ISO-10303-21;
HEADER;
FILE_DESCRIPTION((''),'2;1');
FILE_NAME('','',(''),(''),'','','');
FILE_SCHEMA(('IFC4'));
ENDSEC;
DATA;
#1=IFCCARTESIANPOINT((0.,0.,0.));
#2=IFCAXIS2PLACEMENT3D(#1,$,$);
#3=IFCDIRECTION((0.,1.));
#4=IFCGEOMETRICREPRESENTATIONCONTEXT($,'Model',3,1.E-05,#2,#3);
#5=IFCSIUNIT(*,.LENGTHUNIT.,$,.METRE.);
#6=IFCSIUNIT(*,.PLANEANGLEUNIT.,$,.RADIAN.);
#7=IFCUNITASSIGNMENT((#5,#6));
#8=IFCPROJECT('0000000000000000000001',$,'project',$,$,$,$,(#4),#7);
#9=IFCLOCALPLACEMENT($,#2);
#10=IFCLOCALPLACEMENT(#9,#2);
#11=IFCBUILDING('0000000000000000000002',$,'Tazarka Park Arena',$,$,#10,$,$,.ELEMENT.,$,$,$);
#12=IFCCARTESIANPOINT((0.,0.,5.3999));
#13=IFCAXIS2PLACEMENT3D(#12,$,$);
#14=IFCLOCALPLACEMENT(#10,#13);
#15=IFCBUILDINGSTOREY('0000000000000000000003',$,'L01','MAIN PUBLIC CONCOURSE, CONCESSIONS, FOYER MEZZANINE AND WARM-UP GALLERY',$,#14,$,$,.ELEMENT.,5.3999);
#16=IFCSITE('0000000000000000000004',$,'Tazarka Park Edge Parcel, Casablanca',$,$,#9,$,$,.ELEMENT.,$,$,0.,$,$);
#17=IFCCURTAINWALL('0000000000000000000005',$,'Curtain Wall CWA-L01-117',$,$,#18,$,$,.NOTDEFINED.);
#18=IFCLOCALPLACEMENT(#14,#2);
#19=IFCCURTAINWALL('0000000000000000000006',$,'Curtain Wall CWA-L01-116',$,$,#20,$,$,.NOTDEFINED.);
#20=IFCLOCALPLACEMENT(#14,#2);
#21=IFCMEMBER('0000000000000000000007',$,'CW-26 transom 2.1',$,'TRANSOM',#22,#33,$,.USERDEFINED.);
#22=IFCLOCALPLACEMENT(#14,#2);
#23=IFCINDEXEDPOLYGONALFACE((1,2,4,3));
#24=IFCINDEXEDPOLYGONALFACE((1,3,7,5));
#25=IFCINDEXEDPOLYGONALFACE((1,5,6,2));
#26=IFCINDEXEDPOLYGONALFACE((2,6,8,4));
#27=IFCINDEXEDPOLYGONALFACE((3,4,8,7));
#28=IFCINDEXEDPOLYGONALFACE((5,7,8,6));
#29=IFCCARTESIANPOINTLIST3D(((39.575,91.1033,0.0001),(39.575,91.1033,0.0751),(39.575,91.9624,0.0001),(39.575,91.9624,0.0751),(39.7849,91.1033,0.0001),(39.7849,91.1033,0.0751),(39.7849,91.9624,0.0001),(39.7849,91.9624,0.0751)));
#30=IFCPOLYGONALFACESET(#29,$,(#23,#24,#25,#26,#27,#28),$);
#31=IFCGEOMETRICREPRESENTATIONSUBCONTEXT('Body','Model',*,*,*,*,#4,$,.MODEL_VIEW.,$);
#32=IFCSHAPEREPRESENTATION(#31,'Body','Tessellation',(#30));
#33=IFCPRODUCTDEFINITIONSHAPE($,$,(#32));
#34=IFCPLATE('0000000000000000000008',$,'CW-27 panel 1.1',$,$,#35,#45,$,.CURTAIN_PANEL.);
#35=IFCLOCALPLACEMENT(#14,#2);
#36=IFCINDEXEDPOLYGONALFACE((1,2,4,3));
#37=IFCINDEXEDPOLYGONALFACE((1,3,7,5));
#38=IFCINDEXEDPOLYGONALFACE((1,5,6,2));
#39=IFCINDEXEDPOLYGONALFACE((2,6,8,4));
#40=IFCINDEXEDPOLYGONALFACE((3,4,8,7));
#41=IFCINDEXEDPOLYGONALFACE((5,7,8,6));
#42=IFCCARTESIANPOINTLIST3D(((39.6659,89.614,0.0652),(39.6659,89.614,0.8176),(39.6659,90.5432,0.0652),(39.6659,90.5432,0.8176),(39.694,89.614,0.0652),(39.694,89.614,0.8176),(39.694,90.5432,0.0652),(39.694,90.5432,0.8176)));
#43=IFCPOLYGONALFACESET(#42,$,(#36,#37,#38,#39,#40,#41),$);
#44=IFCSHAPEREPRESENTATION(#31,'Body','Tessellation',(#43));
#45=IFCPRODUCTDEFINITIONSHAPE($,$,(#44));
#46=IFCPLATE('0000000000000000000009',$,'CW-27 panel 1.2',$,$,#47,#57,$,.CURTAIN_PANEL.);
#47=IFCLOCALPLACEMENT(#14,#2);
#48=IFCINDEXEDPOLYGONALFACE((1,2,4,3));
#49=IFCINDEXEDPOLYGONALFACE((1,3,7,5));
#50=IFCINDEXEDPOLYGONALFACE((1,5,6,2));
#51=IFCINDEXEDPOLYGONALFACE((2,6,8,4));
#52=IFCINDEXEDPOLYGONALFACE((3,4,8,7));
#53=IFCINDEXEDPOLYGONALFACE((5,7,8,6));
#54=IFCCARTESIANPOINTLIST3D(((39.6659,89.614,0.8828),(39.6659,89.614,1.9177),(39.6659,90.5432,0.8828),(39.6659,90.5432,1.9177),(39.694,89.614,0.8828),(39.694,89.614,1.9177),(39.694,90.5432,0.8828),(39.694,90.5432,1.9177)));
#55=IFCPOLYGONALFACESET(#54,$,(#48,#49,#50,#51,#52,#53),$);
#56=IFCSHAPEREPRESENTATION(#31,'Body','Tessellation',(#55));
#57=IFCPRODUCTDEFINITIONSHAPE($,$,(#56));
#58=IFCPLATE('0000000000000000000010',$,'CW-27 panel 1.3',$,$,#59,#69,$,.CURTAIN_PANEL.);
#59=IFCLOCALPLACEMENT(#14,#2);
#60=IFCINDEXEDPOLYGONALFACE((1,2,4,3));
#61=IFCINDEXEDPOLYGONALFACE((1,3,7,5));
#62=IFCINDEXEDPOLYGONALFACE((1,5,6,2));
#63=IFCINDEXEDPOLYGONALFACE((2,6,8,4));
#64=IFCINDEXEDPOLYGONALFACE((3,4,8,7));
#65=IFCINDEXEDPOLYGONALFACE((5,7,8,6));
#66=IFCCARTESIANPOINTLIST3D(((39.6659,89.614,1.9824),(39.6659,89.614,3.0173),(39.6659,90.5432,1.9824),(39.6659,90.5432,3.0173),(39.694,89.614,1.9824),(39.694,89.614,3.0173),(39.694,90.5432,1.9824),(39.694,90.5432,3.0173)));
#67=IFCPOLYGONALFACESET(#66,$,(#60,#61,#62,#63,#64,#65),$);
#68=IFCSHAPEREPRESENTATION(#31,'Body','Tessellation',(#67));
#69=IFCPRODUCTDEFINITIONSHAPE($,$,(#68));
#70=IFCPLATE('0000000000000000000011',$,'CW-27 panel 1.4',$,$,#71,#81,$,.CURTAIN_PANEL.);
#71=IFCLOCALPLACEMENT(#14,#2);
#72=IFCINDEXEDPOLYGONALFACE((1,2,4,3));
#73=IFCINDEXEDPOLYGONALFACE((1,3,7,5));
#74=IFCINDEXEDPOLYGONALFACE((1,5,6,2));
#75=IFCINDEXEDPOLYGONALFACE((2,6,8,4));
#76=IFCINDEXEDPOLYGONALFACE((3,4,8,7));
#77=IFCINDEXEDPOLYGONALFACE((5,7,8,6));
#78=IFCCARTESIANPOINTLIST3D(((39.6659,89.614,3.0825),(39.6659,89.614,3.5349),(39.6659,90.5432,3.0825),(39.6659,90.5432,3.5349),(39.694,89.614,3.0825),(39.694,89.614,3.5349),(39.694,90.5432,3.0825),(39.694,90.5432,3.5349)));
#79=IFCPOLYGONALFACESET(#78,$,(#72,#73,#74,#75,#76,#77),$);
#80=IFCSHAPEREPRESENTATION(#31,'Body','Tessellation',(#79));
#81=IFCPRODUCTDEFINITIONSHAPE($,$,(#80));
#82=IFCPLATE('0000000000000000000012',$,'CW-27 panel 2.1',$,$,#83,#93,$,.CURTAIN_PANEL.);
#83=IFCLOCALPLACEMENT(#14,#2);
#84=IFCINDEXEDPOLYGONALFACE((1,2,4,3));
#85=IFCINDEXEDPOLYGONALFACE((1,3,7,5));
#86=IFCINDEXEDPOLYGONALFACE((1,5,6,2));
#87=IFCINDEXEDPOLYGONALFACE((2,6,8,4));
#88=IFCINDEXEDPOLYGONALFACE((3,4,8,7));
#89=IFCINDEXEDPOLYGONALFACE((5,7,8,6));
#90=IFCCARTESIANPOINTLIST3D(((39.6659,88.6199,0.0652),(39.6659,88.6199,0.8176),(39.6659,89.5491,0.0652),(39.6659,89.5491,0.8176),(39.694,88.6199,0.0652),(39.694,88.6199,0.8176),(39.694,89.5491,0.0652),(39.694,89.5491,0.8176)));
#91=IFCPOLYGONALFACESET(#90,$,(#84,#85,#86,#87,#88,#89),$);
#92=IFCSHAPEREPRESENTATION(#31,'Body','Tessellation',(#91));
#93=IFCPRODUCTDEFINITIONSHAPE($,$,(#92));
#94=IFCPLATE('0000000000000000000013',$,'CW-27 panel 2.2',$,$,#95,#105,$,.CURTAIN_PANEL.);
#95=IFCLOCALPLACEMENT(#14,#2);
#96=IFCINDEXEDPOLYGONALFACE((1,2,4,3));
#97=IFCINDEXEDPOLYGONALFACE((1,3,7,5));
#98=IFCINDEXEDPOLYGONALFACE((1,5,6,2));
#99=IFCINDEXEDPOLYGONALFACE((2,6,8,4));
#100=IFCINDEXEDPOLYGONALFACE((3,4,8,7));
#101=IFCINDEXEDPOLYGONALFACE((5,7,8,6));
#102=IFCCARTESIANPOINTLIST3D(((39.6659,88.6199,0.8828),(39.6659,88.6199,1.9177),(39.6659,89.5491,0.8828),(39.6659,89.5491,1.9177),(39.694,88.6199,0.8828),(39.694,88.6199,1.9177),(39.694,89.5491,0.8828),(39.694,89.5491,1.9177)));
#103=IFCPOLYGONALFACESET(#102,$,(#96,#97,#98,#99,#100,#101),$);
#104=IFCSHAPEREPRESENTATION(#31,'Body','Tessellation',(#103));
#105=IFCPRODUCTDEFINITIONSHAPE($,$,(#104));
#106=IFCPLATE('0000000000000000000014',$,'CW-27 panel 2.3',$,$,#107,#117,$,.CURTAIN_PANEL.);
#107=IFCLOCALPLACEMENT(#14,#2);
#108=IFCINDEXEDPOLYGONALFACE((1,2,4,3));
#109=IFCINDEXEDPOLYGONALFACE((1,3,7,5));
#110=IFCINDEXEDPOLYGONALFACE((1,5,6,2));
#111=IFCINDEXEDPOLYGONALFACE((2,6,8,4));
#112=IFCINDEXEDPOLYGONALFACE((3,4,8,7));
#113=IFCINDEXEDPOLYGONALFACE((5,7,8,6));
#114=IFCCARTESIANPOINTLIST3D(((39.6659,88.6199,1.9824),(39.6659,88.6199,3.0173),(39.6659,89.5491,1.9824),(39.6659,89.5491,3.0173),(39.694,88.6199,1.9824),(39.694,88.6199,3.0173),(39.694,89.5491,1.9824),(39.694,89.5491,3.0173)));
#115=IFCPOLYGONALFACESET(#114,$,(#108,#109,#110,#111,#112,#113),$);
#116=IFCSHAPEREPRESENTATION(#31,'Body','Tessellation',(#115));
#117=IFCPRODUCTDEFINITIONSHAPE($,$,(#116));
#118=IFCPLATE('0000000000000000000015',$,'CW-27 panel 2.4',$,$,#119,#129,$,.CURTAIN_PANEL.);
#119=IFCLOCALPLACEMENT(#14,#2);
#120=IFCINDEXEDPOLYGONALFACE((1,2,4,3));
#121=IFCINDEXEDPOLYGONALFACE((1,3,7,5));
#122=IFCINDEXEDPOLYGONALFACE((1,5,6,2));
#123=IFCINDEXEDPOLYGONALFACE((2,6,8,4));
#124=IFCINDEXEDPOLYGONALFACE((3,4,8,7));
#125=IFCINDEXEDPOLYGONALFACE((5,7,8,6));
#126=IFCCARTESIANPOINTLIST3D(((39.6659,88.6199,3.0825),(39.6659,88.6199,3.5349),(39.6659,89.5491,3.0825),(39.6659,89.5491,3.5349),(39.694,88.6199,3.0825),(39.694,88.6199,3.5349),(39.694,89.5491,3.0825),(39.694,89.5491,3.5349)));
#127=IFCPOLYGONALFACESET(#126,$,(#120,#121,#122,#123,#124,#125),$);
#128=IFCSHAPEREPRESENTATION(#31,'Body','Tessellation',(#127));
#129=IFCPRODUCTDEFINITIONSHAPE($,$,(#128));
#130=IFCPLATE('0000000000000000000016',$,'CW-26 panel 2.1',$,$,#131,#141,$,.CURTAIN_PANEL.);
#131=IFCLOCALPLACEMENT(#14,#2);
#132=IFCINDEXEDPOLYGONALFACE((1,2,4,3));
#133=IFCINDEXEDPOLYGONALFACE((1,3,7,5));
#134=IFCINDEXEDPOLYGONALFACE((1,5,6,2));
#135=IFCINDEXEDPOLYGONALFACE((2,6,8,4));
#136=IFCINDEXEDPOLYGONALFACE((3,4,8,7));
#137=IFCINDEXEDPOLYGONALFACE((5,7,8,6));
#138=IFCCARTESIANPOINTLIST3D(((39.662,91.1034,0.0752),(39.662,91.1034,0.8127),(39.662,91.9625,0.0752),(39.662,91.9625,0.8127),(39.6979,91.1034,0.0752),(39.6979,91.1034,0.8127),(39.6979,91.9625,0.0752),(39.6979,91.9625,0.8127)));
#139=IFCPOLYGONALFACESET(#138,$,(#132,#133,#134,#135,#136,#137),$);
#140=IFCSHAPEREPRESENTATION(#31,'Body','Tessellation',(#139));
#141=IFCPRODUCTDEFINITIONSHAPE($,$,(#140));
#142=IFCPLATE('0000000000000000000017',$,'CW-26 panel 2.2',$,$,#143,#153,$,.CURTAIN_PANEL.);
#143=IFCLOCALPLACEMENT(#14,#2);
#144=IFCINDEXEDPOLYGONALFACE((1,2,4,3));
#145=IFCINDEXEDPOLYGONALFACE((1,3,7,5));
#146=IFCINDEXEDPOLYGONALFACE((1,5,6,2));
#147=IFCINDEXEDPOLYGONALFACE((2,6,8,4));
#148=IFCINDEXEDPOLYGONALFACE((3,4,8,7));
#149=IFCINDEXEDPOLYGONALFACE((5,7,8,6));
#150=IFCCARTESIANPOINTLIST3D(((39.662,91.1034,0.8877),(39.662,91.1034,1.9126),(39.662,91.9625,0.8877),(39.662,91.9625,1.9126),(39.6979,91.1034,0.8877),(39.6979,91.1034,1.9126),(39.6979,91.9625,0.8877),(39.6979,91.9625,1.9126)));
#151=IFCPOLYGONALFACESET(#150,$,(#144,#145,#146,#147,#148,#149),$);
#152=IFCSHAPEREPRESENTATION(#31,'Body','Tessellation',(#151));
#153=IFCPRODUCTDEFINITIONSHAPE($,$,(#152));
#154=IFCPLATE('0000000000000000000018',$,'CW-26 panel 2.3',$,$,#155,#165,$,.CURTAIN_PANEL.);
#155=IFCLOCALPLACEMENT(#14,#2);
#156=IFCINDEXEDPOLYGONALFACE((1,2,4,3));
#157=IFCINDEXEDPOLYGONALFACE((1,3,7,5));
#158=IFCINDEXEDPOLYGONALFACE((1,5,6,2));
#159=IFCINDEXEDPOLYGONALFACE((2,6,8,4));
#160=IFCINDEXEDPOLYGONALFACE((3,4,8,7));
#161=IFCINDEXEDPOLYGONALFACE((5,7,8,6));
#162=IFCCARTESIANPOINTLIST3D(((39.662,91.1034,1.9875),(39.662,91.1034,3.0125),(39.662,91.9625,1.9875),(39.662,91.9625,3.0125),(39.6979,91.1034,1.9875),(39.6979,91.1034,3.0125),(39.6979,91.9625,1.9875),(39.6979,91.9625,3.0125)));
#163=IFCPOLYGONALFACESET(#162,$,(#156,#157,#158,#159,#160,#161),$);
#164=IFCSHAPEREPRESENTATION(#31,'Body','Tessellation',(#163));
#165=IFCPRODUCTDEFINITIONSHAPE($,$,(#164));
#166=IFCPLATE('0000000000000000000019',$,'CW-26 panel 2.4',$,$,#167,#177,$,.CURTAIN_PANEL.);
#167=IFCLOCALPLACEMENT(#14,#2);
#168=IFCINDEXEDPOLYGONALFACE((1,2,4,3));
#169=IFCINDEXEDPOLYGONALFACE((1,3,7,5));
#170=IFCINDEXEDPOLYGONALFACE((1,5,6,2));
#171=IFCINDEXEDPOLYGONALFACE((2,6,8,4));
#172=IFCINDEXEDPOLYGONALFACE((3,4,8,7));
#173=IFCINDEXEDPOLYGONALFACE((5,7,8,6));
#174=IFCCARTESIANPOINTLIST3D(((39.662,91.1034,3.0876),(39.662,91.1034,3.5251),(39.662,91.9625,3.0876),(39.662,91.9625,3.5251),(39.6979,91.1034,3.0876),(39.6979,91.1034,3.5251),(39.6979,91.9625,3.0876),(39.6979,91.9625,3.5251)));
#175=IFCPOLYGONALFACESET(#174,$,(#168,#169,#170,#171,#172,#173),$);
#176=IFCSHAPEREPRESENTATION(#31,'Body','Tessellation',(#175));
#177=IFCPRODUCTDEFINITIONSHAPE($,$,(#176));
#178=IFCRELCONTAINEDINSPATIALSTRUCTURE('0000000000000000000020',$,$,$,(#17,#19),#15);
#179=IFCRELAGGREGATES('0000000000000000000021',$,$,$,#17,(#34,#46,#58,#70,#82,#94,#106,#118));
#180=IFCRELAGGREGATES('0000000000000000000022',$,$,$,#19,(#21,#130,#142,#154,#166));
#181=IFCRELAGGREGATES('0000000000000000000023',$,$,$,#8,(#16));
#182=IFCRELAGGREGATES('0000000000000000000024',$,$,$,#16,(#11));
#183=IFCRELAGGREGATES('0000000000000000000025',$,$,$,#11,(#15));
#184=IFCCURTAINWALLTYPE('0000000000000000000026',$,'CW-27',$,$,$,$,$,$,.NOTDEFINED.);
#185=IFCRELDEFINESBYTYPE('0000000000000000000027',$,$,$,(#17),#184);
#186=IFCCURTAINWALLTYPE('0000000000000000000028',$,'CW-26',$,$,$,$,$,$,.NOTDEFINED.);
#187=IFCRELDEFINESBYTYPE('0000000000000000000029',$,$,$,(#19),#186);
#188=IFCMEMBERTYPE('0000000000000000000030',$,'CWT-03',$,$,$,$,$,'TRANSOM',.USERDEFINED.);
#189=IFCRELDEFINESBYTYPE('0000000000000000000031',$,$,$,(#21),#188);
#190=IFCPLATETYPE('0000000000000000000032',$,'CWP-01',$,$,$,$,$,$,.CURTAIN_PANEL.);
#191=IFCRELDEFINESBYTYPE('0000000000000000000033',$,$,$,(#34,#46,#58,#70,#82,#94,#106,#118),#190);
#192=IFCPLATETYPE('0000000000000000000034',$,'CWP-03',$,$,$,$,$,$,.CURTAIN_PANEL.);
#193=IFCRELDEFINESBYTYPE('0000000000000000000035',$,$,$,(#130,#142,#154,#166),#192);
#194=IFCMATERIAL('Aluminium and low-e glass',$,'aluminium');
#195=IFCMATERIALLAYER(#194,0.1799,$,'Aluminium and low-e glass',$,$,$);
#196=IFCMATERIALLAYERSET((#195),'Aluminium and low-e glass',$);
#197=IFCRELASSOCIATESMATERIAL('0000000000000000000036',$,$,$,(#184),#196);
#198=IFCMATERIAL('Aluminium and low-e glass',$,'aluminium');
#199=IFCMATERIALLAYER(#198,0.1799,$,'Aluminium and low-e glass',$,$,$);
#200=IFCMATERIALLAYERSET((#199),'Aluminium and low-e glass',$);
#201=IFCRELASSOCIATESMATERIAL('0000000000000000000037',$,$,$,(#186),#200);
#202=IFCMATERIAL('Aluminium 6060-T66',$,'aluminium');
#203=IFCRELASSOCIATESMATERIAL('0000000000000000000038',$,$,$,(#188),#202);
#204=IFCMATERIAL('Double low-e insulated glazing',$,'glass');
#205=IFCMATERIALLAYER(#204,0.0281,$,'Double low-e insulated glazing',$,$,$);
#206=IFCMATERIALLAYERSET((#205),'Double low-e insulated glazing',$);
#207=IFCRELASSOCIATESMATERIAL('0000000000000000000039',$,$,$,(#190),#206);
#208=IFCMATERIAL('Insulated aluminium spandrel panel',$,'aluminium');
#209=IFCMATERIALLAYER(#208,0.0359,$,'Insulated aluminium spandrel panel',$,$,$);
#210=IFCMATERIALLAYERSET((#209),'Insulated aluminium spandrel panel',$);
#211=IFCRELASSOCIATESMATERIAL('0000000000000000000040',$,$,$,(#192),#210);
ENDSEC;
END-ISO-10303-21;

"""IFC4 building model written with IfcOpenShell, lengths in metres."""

from ifc_helpers import new_model, si_unit, direction, frame, origin, origin_2d, place, context, subcontext, project, spatial, rectangle, extrude, material, layer, layer_set, material_profile, profile_set, type_object, element, aggregate, save


model = new_model("IFC4")

# Units and contexts
model_context = context("Model", 3, precision=1e-05, world=origin(), true_north=direction((0.0, 1.0)))
body_context = subcontext(model_context, "Body", "Model", "MODEL_VIEW")
ifc_project = project(units=[si_unit("LENGTHUNIT", "METRE"), si_unit("PLANEANGLEUNIT", "RADIAN")], contexts=[model_context])

# Site, building, storey
site_placement = place(None, origin())
site = spatial("IfcSite", under=ifc_project, at=site_placement, Name="Tazarka Park Edge Parcel, Casablanca", CompositionType="ELEMENT", RefElevation=0.0)
building_placement = place(site_placement, origin())
building = spatial("IfcBuilding", under=site, at=building_placement, Name="Tazarka Park Arena", CompositionType="ELEMENT")
storey_placement = place(building_placement, frame((0.0, 0.0, 5.3999)))
storey = spatial("IfcBuildingStorey", under=building, at=storey_placement, Name="L01", Description="MAIN PUBLIC CONCOURSE, CONCESSIONS, FOYER MEZZANINE AND WARM-UP GALLERY", CompositionType="ELEMENT", Elevation=5.3999)

# Curtain wall
ifc_material_1 = material(Name="Aluminium and low-e glass", Category="aluminium")
ifc_layer_1 = layer(ifc_material_1, 0.1799, Name="Aluminium and low-e glass")
ifc_layer_set_1 = layer_set([ifc_layer_1], Name="Aluminium and low-e glass")
curtain_wall_type_1 = type_object("IfcCurtainWallType", Name="CW-27", PredefinedType="NOTDEFINED", material=ifc_layer_set_1)
curtain_wall_1_placement = place(storey_placement, origin())
curtain_wall_1 = element("IfcCurtainWall", 1, at=curtain_wall_1_placement, inside=storey, type_object=curtain_wall_type_1, Name="Curtain Wall CWA-L01-117", PredefinedType="NOTDEFINED")

# Curtain wall
ifc_material_2 = material(Name="Aluminium and low-e glass", Category="aluminium")
ifc_layer_2 = layer(ifc_material_2, 0.1799, Name="Aluminium and low-e glass")
ifc_layer_set_2 = layer_set([ifc_layer_2], Name="Aluminium and low-e glass")
curtain_wall_type_2 = type_object("IfcCurtainWallType", Name="CW-26", PredefinedType="NOTDEFINED", material=ifc_layer_set_2)
curtain_wall_2_placement = place(storey_placement, origin())
curtain_wall_2 = element("IfcCurtainWall", 2, at=curtain_wall_2_placement, inside=storey, type_object=curtain_wall_type_2, Name="Curtain Wall CWA-L01-116", PredefinedType="NOTDEFINED")

# Member
ifc_material_3 = material(Name="Aluminium 6060-T66", Category="aluminium")
ifc_material_profile_1 = material_profile(ifc_material_3, rectangle(XDim=0.21, YDim=0.075, at=origin_2d()), Name="Aluminium 6060-T66")
ifc_profile_set_1 = profile_set([ifc_material_profile_1], Name="Aluminium 6060-T66")
member_type_1 = type_object("IfcMemberType", Name="CWT-03", ElementType="TRANSOM", PredefinedType="USERDEFINED", material=ifc_profile_set_1)
member_1_placement = place(storey_placement, frame((39.6799, 91.9624, 0.0376), z_axis=(0.0, -1.0, 0.0), x_axis=(1.0, 0.0, 0.0)))
member_1 = element("IfcMember", 3, at=member_1_placement, type_object=member_type_1, Name="CW-26 transom 2.1", ObjectType="TRANSOM", PredefinedType="USERDEFINED", context=body_context, shape_type="SweptSolid", body=[
    extrude(rectangle(XDim=0.21, YDim=0.075, at=origin_2d()), origin(), (0.0, 0.0, 1.0), 0.8591),
])

# Plates
ifc_material_4 = material(Name="Double low-e insulated glazing", Category="glass")
ifc_layer_3 = layer(ifc_material_4, 0.0281, Name="Double low-e insulated glazing")
ifc_layer_set_3 = layer_set([ifc_layer_3], Name="Double low-e insulated glazing")
plate_type_1 = type_object("IfcPlateType", Name="CWP-01", PredefinedType="CURTAIN_PANEL", material=ifc_layer_set_3)
plate_1_placement = place(storey_placement, frame((39.6799, 90.0786, 0.0652), z_axis=(0.0, 0.0, 1.0), x_axis=(0.0, -1.0, 0.0)))
plate_1 = element("IfcPlate", 4, at=plate_1_placement, type_object=plate_type_1, Name="CW-27 panel 1.1", PredefinedType="CURTAIN_PANEL", context=body_context, shape_type="SweptSolid", body=[
    extrude(rectangle(XDim=0.9292, YDim=0.0281, at=origin_2d()), origin(), (0.0, 0.0, 1.0), 0.7524),
])
plate_2_placement = place(storey_placement, frame((39.6799, 90.0786, 0.8828), z_axis=(0.0, 0.0, 1.0), x_axis=(0.0, -1.0, 0.0)))
plate_2 = element("IfcPlate", 5, at=plate_2_placement, type_object=plate_type_1, Name="CW-27 panel 1.2", PredefinedType="CURTAIN_PANEL", context=body_context, shape_type="SweptSolid", body=[
    extrude(rectangle(XDim=0.9292, YDim=0.0281, at=origin_2d()), origin(), (0.0, 0.0, 1.0), 1.0349),
])
plate_3_placement = place(storey_placement, frame((39.6799, 90.0786, 1.9824), z_axis=(0.0, 0.0, 1.0), x_axis=(0.0, -1.0, 0.0)))
plate_3 = element("IfcPlate", 6, at=plate_3_placement, type_object=plate_type_1, Name="CW-27 panel 1.3", PredefinedType="CURTAIN_PANEL", context=body_context, shape_type="SweptSolid", body=[
    extrude(rectangle(XDim=0.9292, YDim=0.0281, at=origin_2d()), origin(), (0.0, 0.0, 1.0), 1.0349),
])
plate_4_placement = place(storey_placement, frame((39.6799, 90.0786, 3.0825), z_axis=(0.0, 0.0, 1.0), x_axis=(0.0, -1.0, 0.0)))
plate_4 = element("IfcPlate", 7, at=plate_4_placement, type_object=plate_type_1, Name="CW-27 panel 1.4", PredefinedType="CURTAIN_PANEL", context=body_context, shape_type="SweptSolid", body=[
    extrude(rectangle(XDim=0.9292, YDim=0.0281, at=origin_2d()), origin(), (0.0, 0.0, 1.0), 0.4524),
])
plate_5_placement = place(storey_placement, frame((39.6799, 89.0845, 0.0652), z_axis=(0.0, 0.0, 1.0), x_axis=(0.0, -1.0, 0.0)))
plate_5 = element("IfcPlate", 8, at=plate_5_placement, type_object=plate_type_1, Name="CW-27 panel 2.1", PredefinedType="CURTAIN_PANEL", context=body_context, shape_type="SweptSolid", body=[
    extrude(rectangle(XDim=0.9292, YDim=0.0281, at=origin_2d()), origin(), (0.0, 0.0, 1.0), 0.7524),
])
plate_6_placement = place(storey_placement, frame((39.6799, 89.0845, 0.8828), z_axis=(0.0, 0.0, 1.0), x_axis=(0.0, -1.0, 0.0)))
plate_6 = element("IfcPlate", 9, at=plate_6_placement, type_object=plate_type_1, Name="CW-27 panel 2.2", PredefinedType="CURTAIN_PANEL", context=body_context, shape_type="SweptSolid", body=[
    extrude(rectangle(XDim=0.9292, YDim=0.0281, at=origin_2d()), origin(), (0.0, 0.0, 1.0), 1.0349),
])
plate_7_placement = place(storey_placement, frame((39.6799, 89.0845, 1.9824), z_axis=(0.0, 0.0, 1.0), x_axis=(0.0, -1.0, 0.0)))
plate_7 = element("IfcPlate", 10, at=plate_7_placement, type_object=plate_type_1, Name="CW-27 panel 2.3", PredefinedType="CURTAIN_PANEL", context=body_context, shape_type="SweptSolid", body=[
    extrude(rectangle(XDim=0.9292, YDim=0.0281, at=origin_2d()), origin(), (0.0, 0.0, 1.0), 1.0349),
])
plate_8_placement = place(storey_placement, frame((39.6799, 89.0845, 3.0825), z_axis=(0.0, 0.0, 1.0), x_axis=(0.0, -1.0, 0.0)))
plate_8 = element("IfcPlate", 11, at=plate_8_placement, type_object=plate_type_1, Name="CW-27 panel 2.4", PredefinedType="CURTAIN_PANEL", context=body_context, shape_type="SweptSolid", body=[
    extrude(rectangle(XDim=0.9292, YDim=0.0281, at=origin_2d()), origin(), (0.0, 0.0, 1.0), 0.4524),
])
aggregate(curtain_wall_1, [plate_1, plate_2, plate_3, plate_4, plate_5, plate_6, plate_7, plate_8])
ifc_material_5 = material(Name="Insulated aluminium spandrel panel", Category="aluminium")
ifc_layer_4 = layer(ifc_material_5, 0.0359, Name="Insulated aluminium spandrel panel")
ifc_layer_set_4 = layer_set([ifc_layer_4], Name="Insulated aluminium spandrel panel")
plate_type_2 = type_object("IfcPlateType", Name="CWP-03", PredefinedType="CURTAIN_PANEL", material=ifc_layer_set_4)
plate_9_placement = place(storey_placement, frame((39.6799, 91.533, 0.0752), z_axis=(0.0, 0.0, 1.0), x_axis=(0.0, -1.0, 0.0)))
plate_9 = element("IfcPlate", 12, at=plate_9_placement, type_object=plate_type_2, Name="CW-26 panel 2.1", PredefinedType="CURTAIN_PANEL", context=body_context, shape_type="SweptSolid", body=[
    extrude(rectangle(XDim=0.8591, YDim=0.0359, at=origin_2d()), origin(), (0.0, 0.0, 1.0), 0.7375),
])
plate_10_placement = place(storey_placement, frame((39.6799, 91.533, 0.8877), z_axis=(0.0, 0.0, 1.0), x_axis=(0.0, -1.0, 0.0)))
plate_10 = element("IfcPlate", 13, at=plate_10_placement, type_object=plate_type_2, Name="CW-26 panel 2.2", PredefinedType="CURTAIN_PANEL", context=body_context, shape_type="SweptSolid", body=[
    extrude(rectangle(XDim=0.8591, YDim=0.0359, at=origin_2d()), origin(), (0.0, 0.0, 1.0), 1.0249),
])
plate_11_placement = place(storey_placement, frame((39.6799, 91.533, 1.9875), z_axis=(0.0, 0.0, 1.0), x_axis=(0.0, -1.0, 0.0)))
plate_11 = element("IfcPlate", 14, at=plate_11_placement, type_object=plate_type_2, Name="CW-26 panel 2.3", PredefinedType="CURTAIN_PANEL", context=body_context, shape_type="SweptSolid", body=[
    extrude(rectangle(XDim=0.8591, YDim=0.0359, at=origin_2d()), origin(), (0.0, 0.0, 1.0), 1.0249),
])
plate_12_placement = place(storey_placement, frame((39.6799, 91.533, 3.0876), z_axis=(0.0, 0.0, 1.0), x_axis=(0.0, -1.0, 0.0)))
plate_12 = element("IfcPlate", 15, at=plate_12_placement, type_object=plate_type_2, Name="CW-26 panel 2.4", PredefinedType="CURTAIN_PANEL", context=body_context, shape_type="SweptSolid", body=[
    extrude(rectangle(XDim=0.8591, YDim=0.0359, at=origin_2d()), origin(), (0.0, 0.0, 1.0), 0.4375),
])
aggregate(curtain_wall_2, [member_1, plate_9, plate_10, plate_11, plate_12])

save(model, "model.ifc")
